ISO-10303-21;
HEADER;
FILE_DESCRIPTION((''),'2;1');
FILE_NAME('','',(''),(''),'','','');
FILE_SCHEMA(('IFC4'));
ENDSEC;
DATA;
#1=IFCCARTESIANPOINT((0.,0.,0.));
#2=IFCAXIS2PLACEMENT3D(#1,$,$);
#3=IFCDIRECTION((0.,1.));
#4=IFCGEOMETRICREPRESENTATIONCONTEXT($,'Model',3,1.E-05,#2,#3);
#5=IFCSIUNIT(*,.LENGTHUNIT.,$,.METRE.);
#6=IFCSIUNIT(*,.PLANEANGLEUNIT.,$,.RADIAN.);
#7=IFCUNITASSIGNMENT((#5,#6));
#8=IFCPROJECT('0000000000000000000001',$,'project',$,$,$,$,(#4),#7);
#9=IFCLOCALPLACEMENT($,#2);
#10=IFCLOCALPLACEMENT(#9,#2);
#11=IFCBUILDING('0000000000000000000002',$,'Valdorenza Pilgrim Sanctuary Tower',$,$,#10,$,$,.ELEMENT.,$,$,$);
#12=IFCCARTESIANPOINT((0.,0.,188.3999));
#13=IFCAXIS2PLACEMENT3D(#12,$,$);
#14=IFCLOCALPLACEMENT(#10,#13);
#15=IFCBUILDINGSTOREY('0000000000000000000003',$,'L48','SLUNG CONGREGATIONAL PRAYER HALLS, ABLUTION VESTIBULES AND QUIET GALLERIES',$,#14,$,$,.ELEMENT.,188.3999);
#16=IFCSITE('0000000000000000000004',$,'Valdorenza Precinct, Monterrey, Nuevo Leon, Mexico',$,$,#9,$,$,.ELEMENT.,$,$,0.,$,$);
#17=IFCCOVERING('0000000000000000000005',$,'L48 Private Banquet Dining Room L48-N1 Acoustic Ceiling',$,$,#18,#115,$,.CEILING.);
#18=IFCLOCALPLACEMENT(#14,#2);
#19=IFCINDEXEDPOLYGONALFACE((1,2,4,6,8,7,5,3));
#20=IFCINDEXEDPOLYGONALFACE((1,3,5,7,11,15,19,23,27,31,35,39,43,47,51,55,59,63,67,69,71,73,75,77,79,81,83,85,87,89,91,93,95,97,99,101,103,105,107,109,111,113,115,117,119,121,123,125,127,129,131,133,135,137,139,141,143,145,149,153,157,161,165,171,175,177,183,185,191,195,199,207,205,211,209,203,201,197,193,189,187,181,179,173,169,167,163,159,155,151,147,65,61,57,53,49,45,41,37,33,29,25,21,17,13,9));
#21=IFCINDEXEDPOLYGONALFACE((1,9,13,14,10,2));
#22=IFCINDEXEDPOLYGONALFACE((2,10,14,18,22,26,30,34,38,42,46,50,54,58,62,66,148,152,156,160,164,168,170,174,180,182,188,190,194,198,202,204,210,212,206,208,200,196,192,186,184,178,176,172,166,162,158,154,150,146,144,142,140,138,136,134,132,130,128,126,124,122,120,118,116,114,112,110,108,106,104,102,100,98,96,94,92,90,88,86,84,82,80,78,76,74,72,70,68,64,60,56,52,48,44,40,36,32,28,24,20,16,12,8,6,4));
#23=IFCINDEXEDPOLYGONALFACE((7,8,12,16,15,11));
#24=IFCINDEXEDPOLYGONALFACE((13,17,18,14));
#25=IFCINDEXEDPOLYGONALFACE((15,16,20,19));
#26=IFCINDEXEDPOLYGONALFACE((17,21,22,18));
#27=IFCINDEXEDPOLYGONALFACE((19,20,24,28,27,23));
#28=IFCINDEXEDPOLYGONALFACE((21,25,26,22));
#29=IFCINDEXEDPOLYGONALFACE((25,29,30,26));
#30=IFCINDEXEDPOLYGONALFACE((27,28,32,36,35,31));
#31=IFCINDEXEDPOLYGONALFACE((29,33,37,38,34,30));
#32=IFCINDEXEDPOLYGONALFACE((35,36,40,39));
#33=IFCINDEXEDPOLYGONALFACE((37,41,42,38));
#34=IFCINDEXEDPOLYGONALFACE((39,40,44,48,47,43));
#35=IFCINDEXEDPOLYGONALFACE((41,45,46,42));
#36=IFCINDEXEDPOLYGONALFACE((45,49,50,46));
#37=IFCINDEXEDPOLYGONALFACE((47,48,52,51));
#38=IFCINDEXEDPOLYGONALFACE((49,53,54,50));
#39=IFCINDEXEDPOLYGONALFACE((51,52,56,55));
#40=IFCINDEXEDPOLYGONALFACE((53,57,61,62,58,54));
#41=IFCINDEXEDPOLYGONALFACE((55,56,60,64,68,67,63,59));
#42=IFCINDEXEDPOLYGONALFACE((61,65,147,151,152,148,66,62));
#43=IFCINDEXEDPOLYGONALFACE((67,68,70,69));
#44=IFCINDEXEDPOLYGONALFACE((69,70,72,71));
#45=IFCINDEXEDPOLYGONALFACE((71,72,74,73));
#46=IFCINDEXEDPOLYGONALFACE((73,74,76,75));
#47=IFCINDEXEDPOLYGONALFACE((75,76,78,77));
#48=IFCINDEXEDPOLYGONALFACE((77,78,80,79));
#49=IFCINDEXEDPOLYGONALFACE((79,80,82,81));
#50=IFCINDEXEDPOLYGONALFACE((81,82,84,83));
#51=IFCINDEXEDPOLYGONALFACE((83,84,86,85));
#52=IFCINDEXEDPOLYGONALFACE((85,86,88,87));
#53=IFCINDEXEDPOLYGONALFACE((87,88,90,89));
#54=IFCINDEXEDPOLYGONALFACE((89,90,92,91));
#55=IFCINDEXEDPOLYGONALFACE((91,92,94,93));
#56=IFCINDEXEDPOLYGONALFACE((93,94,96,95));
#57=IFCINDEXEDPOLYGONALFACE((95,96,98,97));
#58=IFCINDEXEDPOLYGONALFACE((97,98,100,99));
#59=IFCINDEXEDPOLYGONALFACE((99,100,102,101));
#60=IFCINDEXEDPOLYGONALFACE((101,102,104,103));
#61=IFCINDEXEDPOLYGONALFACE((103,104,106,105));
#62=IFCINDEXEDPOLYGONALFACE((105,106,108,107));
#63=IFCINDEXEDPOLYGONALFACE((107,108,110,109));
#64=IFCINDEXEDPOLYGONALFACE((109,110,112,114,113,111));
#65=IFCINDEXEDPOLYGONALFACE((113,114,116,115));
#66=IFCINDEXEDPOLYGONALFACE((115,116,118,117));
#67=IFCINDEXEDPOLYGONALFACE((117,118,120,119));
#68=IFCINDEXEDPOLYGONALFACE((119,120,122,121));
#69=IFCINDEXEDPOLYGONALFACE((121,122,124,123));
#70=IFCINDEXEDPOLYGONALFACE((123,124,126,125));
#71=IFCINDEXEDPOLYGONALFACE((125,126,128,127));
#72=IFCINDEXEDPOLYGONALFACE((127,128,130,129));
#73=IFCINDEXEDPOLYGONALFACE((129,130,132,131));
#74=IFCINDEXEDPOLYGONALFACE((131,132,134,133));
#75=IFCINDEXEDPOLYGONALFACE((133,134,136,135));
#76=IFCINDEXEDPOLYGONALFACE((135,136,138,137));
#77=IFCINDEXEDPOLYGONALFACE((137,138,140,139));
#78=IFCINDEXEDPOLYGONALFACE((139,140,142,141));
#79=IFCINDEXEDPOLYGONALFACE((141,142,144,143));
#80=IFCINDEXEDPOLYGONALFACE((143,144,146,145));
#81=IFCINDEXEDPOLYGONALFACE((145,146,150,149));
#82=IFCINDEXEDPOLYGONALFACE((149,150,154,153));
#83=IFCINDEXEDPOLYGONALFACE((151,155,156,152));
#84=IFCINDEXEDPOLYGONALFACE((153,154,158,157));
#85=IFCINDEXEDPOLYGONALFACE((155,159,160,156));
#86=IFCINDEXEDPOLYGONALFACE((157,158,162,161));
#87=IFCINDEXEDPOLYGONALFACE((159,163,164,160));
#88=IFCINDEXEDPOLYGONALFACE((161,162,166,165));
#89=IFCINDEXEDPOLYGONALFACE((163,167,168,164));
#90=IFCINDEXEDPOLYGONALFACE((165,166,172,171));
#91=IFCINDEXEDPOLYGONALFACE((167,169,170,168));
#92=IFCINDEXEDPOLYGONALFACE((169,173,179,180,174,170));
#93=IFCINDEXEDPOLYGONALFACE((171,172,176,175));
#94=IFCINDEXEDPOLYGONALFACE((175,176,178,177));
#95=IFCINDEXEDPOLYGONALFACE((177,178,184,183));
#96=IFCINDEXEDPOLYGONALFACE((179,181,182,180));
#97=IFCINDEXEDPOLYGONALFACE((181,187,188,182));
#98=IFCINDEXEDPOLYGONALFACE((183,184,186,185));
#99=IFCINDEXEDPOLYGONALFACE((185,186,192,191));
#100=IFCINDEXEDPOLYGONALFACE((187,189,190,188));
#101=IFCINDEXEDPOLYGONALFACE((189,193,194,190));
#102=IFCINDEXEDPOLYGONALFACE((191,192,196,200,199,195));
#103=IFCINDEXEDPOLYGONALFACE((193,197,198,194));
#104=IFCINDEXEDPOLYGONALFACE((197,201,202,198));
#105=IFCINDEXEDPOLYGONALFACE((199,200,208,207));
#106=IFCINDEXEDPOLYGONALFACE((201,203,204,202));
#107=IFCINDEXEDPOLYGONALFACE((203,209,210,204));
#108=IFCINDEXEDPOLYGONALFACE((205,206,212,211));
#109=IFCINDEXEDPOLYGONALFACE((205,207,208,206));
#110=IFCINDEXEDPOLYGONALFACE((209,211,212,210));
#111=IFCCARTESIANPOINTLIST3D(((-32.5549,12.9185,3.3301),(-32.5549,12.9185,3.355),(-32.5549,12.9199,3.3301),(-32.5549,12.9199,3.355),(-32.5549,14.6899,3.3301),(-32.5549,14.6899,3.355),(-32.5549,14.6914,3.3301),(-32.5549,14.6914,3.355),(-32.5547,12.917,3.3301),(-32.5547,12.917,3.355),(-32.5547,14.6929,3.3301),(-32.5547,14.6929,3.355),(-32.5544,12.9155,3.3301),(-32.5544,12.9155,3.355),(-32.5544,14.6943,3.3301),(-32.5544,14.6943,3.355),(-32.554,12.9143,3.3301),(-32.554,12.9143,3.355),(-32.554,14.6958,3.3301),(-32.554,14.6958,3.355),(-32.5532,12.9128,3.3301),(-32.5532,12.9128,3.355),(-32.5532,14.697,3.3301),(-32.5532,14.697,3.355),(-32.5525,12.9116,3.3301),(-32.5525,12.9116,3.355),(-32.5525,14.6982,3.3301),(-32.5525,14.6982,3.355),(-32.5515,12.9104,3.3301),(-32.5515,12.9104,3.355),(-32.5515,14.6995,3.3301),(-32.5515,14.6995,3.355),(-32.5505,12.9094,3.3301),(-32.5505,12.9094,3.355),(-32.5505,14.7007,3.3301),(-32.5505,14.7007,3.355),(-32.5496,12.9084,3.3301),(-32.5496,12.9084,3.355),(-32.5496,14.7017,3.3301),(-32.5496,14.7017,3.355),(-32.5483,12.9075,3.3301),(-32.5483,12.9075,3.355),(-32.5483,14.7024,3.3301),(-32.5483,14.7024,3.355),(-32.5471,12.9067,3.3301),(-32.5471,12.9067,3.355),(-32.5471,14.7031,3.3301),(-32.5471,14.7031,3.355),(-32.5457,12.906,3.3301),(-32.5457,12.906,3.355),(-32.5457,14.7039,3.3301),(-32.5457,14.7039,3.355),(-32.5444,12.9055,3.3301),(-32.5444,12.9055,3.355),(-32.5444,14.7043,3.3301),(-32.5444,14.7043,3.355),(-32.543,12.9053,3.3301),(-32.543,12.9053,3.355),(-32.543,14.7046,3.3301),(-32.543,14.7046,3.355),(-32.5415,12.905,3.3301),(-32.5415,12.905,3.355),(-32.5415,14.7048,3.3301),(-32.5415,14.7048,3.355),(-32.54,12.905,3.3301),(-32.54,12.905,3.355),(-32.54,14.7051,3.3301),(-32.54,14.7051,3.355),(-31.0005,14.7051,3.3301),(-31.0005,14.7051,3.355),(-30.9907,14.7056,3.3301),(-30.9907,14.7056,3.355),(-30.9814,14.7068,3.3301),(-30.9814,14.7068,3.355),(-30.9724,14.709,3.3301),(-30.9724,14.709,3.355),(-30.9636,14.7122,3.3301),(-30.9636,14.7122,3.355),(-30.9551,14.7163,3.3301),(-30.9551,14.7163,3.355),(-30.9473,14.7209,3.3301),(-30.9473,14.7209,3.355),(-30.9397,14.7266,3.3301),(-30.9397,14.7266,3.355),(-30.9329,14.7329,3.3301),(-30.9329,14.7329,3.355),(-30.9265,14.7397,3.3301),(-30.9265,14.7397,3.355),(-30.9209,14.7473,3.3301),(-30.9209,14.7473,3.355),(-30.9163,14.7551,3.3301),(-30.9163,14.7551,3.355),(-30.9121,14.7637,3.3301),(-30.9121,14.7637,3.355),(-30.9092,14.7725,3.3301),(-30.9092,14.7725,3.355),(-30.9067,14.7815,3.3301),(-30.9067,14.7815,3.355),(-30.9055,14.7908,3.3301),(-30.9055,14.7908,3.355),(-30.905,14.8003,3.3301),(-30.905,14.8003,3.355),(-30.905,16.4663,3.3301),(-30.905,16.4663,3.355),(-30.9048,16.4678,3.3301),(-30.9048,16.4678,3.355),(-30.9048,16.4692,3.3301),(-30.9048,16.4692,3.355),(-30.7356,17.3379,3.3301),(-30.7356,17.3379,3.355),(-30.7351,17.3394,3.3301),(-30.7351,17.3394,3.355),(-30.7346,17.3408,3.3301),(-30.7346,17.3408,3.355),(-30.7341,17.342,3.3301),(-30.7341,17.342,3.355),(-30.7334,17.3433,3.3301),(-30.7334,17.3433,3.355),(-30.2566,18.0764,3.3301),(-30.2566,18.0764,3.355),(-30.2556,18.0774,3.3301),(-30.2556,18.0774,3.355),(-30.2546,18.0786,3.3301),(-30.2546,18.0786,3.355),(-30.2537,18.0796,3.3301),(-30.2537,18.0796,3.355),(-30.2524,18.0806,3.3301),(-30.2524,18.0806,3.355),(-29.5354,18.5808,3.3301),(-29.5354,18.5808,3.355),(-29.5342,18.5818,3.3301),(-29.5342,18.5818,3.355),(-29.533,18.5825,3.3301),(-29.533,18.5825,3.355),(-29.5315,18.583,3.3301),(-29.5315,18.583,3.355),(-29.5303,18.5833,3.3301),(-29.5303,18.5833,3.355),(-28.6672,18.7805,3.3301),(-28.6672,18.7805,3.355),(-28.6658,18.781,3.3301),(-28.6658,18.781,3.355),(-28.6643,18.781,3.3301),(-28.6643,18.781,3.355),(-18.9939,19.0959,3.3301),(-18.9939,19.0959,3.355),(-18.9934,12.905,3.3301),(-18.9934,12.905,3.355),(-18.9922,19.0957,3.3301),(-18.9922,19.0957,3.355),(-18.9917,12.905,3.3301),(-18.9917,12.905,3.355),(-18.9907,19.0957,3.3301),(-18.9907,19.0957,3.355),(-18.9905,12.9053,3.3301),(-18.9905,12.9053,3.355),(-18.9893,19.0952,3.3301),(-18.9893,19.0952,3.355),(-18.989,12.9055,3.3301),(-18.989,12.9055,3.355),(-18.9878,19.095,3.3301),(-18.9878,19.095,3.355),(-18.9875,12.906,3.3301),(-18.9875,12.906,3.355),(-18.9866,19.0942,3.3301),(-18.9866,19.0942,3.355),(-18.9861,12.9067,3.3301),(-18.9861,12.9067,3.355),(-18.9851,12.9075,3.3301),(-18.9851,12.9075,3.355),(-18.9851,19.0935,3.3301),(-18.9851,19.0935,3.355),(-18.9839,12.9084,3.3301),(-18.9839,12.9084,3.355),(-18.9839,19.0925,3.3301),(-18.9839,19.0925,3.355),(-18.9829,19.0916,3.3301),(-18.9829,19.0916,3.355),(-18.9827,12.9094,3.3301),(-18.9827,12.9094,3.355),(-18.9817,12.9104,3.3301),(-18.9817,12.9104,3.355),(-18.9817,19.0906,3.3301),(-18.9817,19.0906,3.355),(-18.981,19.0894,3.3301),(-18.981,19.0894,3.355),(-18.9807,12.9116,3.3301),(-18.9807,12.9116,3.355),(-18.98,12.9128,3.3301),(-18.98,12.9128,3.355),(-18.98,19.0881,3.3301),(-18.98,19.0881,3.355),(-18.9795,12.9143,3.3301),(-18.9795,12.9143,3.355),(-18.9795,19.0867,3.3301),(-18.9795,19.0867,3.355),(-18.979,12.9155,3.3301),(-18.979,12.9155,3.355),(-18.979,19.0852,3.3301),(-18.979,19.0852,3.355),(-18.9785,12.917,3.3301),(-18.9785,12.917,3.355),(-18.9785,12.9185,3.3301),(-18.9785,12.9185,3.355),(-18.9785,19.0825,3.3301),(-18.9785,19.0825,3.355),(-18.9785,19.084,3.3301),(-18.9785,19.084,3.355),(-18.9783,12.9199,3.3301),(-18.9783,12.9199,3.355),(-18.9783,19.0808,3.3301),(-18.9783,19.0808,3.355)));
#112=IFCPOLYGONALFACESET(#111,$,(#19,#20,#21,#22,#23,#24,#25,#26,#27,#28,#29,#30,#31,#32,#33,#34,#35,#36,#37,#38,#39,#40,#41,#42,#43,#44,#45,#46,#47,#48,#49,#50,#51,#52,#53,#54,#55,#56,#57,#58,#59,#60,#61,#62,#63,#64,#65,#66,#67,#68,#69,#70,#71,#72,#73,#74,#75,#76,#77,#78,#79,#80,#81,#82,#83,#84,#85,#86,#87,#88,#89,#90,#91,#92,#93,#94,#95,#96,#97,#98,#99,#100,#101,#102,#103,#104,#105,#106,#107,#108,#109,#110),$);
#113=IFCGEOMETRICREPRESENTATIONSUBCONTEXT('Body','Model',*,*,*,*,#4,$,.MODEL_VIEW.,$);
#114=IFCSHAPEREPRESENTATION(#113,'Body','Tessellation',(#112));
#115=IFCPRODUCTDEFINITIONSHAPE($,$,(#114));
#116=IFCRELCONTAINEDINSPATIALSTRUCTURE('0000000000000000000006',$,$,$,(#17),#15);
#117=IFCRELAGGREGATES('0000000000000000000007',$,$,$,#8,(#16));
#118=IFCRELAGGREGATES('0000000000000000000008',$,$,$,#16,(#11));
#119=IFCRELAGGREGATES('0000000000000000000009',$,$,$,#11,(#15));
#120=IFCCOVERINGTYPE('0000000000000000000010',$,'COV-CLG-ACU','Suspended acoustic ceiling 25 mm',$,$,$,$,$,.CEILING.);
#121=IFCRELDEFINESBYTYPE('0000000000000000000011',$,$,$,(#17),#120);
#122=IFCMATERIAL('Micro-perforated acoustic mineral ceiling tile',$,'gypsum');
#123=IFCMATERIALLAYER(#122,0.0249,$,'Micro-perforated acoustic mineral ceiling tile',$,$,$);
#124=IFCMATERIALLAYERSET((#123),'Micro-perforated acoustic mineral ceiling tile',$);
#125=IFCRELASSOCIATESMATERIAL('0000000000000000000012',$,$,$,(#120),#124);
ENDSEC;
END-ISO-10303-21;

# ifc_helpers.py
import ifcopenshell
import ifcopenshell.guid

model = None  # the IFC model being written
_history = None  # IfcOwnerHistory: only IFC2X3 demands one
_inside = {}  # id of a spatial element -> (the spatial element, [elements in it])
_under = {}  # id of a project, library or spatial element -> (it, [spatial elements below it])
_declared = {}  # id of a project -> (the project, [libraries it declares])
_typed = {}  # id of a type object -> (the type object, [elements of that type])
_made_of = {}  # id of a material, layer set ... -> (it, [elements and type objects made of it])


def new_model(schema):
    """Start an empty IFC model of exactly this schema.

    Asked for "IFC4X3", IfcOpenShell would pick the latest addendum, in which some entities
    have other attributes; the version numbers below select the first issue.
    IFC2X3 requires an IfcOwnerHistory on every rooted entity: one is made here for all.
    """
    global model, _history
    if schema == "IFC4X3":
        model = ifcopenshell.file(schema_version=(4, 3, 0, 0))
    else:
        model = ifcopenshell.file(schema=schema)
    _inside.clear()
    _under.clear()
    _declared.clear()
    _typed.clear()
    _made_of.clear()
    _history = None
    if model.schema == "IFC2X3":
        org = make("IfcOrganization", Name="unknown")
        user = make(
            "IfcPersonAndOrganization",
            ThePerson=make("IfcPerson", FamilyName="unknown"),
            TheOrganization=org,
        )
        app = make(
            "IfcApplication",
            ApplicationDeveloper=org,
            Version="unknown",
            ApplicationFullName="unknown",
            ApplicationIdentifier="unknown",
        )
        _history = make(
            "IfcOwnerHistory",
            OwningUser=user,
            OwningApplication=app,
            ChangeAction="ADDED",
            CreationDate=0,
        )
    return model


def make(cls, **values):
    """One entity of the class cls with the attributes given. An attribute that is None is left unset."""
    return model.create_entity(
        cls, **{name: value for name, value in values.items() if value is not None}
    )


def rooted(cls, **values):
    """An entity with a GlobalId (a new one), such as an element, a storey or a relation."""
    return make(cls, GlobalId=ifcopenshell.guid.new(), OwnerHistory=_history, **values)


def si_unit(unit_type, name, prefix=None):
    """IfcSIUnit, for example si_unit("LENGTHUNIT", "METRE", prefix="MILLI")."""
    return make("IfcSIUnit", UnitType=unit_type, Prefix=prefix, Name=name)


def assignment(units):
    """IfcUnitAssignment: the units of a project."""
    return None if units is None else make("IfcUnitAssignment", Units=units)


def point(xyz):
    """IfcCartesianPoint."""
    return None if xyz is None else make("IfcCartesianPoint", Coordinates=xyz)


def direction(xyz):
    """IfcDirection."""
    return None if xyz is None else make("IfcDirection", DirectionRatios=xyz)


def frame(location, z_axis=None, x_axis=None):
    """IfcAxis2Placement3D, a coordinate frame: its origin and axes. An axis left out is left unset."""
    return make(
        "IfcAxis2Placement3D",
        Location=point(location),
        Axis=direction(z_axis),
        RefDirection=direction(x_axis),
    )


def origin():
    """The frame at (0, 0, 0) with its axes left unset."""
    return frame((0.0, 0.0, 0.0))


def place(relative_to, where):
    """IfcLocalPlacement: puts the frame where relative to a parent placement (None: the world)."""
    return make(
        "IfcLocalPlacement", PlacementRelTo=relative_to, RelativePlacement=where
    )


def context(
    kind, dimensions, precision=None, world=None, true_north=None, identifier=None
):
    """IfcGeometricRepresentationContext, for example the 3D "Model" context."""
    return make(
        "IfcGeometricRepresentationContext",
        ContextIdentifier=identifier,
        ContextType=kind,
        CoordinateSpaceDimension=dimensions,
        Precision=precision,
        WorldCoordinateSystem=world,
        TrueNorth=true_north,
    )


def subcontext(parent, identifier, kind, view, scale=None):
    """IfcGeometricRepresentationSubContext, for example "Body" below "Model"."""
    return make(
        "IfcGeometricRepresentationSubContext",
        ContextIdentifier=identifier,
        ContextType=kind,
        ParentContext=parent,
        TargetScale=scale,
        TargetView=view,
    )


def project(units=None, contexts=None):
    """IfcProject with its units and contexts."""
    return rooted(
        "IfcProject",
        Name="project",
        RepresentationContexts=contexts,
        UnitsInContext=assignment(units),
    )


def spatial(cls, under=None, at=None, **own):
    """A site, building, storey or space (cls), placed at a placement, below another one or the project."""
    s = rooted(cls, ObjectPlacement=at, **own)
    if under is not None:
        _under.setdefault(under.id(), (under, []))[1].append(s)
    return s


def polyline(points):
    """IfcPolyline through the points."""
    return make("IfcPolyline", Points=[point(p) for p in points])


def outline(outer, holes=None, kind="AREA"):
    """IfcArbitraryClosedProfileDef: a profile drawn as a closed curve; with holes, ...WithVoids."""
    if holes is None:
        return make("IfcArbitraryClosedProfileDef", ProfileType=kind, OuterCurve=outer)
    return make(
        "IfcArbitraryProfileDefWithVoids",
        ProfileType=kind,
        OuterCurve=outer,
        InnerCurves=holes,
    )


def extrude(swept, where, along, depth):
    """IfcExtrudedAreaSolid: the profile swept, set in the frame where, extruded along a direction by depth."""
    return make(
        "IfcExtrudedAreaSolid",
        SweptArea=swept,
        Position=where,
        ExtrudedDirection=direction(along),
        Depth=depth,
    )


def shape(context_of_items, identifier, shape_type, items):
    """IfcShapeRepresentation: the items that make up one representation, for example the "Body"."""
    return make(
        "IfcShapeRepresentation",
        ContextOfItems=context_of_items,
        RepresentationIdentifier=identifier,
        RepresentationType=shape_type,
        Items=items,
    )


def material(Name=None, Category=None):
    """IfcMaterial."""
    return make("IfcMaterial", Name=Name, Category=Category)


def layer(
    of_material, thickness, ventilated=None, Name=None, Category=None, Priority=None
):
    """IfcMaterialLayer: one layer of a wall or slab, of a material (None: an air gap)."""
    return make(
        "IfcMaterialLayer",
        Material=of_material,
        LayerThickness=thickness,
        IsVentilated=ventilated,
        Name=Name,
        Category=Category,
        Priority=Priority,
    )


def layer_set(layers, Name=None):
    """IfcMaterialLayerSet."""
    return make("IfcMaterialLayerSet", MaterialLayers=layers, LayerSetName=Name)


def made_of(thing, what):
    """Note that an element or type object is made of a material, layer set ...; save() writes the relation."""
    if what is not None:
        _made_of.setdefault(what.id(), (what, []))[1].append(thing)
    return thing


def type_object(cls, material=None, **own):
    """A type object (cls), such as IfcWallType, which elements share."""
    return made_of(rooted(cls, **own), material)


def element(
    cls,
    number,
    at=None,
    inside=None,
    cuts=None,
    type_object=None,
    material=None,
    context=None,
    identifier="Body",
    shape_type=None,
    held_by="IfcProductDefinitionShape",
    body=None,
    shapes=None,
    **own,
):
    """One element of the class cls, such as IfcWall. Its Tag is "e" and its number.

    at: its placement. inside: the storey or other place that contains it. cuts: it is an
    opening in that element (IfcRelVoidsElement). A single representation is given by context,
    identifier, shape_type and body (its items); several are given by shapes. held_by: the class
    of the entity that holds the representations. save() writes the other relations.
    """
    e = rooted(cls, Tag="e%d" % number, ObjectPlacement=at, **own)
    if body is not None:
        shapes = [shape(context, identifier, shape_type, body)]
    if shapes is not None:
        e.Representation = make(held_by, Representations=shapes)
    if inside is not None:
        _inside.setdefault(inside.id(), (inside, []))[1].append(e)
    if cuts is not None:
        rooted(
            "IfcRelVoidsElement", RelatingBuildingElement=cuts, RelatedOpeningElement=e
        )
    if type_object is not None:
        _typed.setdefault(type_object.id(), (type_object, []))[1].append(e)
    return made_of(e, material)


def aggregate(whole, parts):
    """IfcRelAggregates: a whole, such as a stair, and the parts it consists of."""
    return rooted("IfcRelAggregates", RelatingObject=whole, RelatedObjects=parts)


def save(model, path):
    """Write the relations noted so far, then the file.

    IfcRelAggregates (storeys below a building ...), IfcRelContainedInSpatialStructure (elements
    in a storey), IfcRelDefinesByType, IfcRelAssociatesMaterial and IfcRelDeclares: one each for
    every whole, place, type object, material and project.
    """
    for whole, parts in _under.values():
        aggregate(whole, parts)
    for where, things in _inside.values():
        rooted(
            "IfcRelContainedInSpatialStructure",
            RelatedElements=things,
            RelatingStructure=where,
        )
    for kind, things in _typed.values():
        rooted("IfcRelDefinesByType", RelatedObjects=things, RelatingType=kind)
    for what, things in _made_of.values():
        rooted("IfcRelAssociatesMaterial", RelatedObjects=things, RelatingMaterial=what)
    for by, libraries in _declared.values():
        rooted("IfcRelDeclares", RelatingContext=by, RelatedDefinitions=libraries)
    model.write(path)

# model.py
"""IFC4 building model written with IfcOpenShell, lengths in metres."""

from ifc_helpers import new_model, si_unit, direction, frame, origin, place, context, subcontext, project, spatial, polyline, outline, extrude, material, layer, layer_set, type_object, element, save


model = new_model("IFC4")

# Units and contexts
model_context = context("Model", 3, precision=1e-05, world=origin(), true_north=direction((0.0, 1.0)))
body_context = subcontext(model_context, "Body", "Model", "MODEL_VIEW")
ifc_project = project(units=[si_unit("LENGTHUNIT", "METRE"), si_unit("PLANEANGLEUNIT", "RADIAN")], contexts=[model_context])

# Site, building, storey
site_placement = place(None, origin())
site = spatial("IfcSite", under=ifc_project, at=site_placement, Name="Valdorenza Precinct, Monterrey, Nuevo Leon, Mexico", CompositionType="ELEMENT", RefElevation=0.0)
building_placement = place(site_placement, origin())
building = spatial("IfcBuilding", under=site, at=building_placement, Name="Valdorenza Pilgrim Sanctuary Tower", CompositionType="ELEMENT")
storey_placement = place(building_placement, frame((0.0, 0.0, 188.3999)))
storey = spatial("IfcBuildingStorey", under=building, at=storey_placement, Name="L48", Description="SLUNG CONGREGATIONAL PRAYER HALLS, ABLUTION VESTIBULES AND QUIET GALLERIES", CompositionType="ELEMENT", Elevation=188.3999)

# Covering
ifc_material_1 = material(Name="Micro-perforated acoustic mineral ceiling tile", Category="gypsum")
ifc_layer_1 = layer(ifc_material_1, 0.0249, Name="Micro-perforated acoustic mineral ceiling tile")
ifc_layer_set_1 = layer_set([ifc_layer_1], Name="Micro-perforated acoustic mineral ceiling tile")
covering_type_1 = type_object("IfcCoveringType", Name="COV-CLG-ACU", Description="Suspended acoustic ceiling 25 mm", PredefinedType="CEILING", material=ifc_layer_set_1)
covering_1_placement = place(storey_placement, frame((0.0, 0.0, 3.3301)))
element("IfcCovering", 1, at=covering_1_placement, inside=storey, type_object=covering_type_1, Name="L48 Private Banquet Dining Room L48-N1 Acoustic Ceiling", PredefinedType="CEILING", context=body_context, shape_type="SweptSolid", body=[
    extrude(outline(polyline([(-32.54, 12.905), (-32.5415, 12.905), (-32.543, 12.9053), (-32.5444, 12.9055), (-32.5457, 12.906), (-32.5471, 12.9067), (-32.5483, 12.9075), (-32.5496, 12.9084), (-32.5505, 12.9094), (-32.5515, 12.9104), (-32.5525, 12.9116), (-32.5532, 12.9128), (-32.554, 12.9143), (-32.5544, 12.9155), (-32.5547, 12.917), (-32.5549, 12.9185), (-32.5549, 12.9199), (-32.5549, 14.6899), (-32.5549, 14.6914), (-32.5547, 14.6929), (-32.5544, 14.6943), (-32.554, 14.6958), (-32.5532, 14.697), (-32.5525, 14.6982), (-32.5515, 14.6995), (-32.5505, 14.7007), (-32.5496, 14.7017), (-32.5483, 14.7024), (-32.5471, 14.7031), (-32.5457, 14.7039), (-32.5444, 14.7043), (-32.543, 14.7046), (-32.5415, 14.7048), (-32.54, 14.7051), (-31.0005, 14.7051), (-30.9907, 14.7056), (-30.9814, 14.7068), (-30.9724, 14.709), (-30.9636, 14.7122), (-30.9551, 14.7163), (-30.9473, 14.7209), (-30.9397, 14.7266), (-30.9329, 14.7329), (-30.9265, 14.7397), (-30.9209, 14.7473), (-30.9163, 14.7551), (-30.9121, 14.7637), (-30.9092, 14.7725), (-30.9067, 14.7815), (-30.9055, 14.7908), (-30.905, 14.8003), (-30.905, 16.4663), (-30.9048, 16.4678), (-30.9048, 16.4692), (-30.7356, 17.3379), (-30.7351, 17.3394), (-30.7346, 17.3408), (-30.7341, 17.342), (-30.7334, 17.3433), (-30.2566, 18.0764), (-30.2556, 18.0774), (-30.2546, 18.0786), (-30.2537, 18.0796), (-30.2524, 18.0806), (-29.5354, 18.5808), (-29.5342, 18.5818), (-29.533, 18.5825), (-29.5315, 18.583), (-29.5303, 18.5833), (-28.6672, 18.7805), (-28.6658, 18.781), (-28.6643, 18.781), (-18.9939, 19.0959), (-18.9922, 19.0957), (-18.9907, 19.0957), (-18.9893, 19.0952), (-18.9878, 19.095), (-18.9866, 19.0942), (-18.9851, 19.0935), (-18.9839, 19.0925), (-18.9829, 19.0916), (-18.9817, 19.0906), (-18.981, 19.0894), (-18.98, 19.0881), (-18.9795, 19.0867), (-18.979, 19.0852), (-18.9785, 19.084), (-18.9785, 19.0825), (-18.9783, 19.0808), (-18.9783, 12.9199), (-18.9785, 12.9185), (-18.9785, 12.917), (-18.979, 12.9155), (-18.9795, 12.9143), (-18.98, 12.9128), (-18.9807, 12.9116), (-18.9817, 12.9104), (-18.9827, 12.9094), (-18.9839, 12.9084), (-18.9851, 12.9075), (-18.9861, 12.9067), (-18.9875, 12.906), (-18.989, 12.9055), (-18.9905, 12.9053), (-18.9917, 12.905), (-18.9934, 12.905), (-32.54, 12.905)])), origin(), (0.0, 0.0, 1.0), 0.0249),
])

save(model, "model.ifc")
